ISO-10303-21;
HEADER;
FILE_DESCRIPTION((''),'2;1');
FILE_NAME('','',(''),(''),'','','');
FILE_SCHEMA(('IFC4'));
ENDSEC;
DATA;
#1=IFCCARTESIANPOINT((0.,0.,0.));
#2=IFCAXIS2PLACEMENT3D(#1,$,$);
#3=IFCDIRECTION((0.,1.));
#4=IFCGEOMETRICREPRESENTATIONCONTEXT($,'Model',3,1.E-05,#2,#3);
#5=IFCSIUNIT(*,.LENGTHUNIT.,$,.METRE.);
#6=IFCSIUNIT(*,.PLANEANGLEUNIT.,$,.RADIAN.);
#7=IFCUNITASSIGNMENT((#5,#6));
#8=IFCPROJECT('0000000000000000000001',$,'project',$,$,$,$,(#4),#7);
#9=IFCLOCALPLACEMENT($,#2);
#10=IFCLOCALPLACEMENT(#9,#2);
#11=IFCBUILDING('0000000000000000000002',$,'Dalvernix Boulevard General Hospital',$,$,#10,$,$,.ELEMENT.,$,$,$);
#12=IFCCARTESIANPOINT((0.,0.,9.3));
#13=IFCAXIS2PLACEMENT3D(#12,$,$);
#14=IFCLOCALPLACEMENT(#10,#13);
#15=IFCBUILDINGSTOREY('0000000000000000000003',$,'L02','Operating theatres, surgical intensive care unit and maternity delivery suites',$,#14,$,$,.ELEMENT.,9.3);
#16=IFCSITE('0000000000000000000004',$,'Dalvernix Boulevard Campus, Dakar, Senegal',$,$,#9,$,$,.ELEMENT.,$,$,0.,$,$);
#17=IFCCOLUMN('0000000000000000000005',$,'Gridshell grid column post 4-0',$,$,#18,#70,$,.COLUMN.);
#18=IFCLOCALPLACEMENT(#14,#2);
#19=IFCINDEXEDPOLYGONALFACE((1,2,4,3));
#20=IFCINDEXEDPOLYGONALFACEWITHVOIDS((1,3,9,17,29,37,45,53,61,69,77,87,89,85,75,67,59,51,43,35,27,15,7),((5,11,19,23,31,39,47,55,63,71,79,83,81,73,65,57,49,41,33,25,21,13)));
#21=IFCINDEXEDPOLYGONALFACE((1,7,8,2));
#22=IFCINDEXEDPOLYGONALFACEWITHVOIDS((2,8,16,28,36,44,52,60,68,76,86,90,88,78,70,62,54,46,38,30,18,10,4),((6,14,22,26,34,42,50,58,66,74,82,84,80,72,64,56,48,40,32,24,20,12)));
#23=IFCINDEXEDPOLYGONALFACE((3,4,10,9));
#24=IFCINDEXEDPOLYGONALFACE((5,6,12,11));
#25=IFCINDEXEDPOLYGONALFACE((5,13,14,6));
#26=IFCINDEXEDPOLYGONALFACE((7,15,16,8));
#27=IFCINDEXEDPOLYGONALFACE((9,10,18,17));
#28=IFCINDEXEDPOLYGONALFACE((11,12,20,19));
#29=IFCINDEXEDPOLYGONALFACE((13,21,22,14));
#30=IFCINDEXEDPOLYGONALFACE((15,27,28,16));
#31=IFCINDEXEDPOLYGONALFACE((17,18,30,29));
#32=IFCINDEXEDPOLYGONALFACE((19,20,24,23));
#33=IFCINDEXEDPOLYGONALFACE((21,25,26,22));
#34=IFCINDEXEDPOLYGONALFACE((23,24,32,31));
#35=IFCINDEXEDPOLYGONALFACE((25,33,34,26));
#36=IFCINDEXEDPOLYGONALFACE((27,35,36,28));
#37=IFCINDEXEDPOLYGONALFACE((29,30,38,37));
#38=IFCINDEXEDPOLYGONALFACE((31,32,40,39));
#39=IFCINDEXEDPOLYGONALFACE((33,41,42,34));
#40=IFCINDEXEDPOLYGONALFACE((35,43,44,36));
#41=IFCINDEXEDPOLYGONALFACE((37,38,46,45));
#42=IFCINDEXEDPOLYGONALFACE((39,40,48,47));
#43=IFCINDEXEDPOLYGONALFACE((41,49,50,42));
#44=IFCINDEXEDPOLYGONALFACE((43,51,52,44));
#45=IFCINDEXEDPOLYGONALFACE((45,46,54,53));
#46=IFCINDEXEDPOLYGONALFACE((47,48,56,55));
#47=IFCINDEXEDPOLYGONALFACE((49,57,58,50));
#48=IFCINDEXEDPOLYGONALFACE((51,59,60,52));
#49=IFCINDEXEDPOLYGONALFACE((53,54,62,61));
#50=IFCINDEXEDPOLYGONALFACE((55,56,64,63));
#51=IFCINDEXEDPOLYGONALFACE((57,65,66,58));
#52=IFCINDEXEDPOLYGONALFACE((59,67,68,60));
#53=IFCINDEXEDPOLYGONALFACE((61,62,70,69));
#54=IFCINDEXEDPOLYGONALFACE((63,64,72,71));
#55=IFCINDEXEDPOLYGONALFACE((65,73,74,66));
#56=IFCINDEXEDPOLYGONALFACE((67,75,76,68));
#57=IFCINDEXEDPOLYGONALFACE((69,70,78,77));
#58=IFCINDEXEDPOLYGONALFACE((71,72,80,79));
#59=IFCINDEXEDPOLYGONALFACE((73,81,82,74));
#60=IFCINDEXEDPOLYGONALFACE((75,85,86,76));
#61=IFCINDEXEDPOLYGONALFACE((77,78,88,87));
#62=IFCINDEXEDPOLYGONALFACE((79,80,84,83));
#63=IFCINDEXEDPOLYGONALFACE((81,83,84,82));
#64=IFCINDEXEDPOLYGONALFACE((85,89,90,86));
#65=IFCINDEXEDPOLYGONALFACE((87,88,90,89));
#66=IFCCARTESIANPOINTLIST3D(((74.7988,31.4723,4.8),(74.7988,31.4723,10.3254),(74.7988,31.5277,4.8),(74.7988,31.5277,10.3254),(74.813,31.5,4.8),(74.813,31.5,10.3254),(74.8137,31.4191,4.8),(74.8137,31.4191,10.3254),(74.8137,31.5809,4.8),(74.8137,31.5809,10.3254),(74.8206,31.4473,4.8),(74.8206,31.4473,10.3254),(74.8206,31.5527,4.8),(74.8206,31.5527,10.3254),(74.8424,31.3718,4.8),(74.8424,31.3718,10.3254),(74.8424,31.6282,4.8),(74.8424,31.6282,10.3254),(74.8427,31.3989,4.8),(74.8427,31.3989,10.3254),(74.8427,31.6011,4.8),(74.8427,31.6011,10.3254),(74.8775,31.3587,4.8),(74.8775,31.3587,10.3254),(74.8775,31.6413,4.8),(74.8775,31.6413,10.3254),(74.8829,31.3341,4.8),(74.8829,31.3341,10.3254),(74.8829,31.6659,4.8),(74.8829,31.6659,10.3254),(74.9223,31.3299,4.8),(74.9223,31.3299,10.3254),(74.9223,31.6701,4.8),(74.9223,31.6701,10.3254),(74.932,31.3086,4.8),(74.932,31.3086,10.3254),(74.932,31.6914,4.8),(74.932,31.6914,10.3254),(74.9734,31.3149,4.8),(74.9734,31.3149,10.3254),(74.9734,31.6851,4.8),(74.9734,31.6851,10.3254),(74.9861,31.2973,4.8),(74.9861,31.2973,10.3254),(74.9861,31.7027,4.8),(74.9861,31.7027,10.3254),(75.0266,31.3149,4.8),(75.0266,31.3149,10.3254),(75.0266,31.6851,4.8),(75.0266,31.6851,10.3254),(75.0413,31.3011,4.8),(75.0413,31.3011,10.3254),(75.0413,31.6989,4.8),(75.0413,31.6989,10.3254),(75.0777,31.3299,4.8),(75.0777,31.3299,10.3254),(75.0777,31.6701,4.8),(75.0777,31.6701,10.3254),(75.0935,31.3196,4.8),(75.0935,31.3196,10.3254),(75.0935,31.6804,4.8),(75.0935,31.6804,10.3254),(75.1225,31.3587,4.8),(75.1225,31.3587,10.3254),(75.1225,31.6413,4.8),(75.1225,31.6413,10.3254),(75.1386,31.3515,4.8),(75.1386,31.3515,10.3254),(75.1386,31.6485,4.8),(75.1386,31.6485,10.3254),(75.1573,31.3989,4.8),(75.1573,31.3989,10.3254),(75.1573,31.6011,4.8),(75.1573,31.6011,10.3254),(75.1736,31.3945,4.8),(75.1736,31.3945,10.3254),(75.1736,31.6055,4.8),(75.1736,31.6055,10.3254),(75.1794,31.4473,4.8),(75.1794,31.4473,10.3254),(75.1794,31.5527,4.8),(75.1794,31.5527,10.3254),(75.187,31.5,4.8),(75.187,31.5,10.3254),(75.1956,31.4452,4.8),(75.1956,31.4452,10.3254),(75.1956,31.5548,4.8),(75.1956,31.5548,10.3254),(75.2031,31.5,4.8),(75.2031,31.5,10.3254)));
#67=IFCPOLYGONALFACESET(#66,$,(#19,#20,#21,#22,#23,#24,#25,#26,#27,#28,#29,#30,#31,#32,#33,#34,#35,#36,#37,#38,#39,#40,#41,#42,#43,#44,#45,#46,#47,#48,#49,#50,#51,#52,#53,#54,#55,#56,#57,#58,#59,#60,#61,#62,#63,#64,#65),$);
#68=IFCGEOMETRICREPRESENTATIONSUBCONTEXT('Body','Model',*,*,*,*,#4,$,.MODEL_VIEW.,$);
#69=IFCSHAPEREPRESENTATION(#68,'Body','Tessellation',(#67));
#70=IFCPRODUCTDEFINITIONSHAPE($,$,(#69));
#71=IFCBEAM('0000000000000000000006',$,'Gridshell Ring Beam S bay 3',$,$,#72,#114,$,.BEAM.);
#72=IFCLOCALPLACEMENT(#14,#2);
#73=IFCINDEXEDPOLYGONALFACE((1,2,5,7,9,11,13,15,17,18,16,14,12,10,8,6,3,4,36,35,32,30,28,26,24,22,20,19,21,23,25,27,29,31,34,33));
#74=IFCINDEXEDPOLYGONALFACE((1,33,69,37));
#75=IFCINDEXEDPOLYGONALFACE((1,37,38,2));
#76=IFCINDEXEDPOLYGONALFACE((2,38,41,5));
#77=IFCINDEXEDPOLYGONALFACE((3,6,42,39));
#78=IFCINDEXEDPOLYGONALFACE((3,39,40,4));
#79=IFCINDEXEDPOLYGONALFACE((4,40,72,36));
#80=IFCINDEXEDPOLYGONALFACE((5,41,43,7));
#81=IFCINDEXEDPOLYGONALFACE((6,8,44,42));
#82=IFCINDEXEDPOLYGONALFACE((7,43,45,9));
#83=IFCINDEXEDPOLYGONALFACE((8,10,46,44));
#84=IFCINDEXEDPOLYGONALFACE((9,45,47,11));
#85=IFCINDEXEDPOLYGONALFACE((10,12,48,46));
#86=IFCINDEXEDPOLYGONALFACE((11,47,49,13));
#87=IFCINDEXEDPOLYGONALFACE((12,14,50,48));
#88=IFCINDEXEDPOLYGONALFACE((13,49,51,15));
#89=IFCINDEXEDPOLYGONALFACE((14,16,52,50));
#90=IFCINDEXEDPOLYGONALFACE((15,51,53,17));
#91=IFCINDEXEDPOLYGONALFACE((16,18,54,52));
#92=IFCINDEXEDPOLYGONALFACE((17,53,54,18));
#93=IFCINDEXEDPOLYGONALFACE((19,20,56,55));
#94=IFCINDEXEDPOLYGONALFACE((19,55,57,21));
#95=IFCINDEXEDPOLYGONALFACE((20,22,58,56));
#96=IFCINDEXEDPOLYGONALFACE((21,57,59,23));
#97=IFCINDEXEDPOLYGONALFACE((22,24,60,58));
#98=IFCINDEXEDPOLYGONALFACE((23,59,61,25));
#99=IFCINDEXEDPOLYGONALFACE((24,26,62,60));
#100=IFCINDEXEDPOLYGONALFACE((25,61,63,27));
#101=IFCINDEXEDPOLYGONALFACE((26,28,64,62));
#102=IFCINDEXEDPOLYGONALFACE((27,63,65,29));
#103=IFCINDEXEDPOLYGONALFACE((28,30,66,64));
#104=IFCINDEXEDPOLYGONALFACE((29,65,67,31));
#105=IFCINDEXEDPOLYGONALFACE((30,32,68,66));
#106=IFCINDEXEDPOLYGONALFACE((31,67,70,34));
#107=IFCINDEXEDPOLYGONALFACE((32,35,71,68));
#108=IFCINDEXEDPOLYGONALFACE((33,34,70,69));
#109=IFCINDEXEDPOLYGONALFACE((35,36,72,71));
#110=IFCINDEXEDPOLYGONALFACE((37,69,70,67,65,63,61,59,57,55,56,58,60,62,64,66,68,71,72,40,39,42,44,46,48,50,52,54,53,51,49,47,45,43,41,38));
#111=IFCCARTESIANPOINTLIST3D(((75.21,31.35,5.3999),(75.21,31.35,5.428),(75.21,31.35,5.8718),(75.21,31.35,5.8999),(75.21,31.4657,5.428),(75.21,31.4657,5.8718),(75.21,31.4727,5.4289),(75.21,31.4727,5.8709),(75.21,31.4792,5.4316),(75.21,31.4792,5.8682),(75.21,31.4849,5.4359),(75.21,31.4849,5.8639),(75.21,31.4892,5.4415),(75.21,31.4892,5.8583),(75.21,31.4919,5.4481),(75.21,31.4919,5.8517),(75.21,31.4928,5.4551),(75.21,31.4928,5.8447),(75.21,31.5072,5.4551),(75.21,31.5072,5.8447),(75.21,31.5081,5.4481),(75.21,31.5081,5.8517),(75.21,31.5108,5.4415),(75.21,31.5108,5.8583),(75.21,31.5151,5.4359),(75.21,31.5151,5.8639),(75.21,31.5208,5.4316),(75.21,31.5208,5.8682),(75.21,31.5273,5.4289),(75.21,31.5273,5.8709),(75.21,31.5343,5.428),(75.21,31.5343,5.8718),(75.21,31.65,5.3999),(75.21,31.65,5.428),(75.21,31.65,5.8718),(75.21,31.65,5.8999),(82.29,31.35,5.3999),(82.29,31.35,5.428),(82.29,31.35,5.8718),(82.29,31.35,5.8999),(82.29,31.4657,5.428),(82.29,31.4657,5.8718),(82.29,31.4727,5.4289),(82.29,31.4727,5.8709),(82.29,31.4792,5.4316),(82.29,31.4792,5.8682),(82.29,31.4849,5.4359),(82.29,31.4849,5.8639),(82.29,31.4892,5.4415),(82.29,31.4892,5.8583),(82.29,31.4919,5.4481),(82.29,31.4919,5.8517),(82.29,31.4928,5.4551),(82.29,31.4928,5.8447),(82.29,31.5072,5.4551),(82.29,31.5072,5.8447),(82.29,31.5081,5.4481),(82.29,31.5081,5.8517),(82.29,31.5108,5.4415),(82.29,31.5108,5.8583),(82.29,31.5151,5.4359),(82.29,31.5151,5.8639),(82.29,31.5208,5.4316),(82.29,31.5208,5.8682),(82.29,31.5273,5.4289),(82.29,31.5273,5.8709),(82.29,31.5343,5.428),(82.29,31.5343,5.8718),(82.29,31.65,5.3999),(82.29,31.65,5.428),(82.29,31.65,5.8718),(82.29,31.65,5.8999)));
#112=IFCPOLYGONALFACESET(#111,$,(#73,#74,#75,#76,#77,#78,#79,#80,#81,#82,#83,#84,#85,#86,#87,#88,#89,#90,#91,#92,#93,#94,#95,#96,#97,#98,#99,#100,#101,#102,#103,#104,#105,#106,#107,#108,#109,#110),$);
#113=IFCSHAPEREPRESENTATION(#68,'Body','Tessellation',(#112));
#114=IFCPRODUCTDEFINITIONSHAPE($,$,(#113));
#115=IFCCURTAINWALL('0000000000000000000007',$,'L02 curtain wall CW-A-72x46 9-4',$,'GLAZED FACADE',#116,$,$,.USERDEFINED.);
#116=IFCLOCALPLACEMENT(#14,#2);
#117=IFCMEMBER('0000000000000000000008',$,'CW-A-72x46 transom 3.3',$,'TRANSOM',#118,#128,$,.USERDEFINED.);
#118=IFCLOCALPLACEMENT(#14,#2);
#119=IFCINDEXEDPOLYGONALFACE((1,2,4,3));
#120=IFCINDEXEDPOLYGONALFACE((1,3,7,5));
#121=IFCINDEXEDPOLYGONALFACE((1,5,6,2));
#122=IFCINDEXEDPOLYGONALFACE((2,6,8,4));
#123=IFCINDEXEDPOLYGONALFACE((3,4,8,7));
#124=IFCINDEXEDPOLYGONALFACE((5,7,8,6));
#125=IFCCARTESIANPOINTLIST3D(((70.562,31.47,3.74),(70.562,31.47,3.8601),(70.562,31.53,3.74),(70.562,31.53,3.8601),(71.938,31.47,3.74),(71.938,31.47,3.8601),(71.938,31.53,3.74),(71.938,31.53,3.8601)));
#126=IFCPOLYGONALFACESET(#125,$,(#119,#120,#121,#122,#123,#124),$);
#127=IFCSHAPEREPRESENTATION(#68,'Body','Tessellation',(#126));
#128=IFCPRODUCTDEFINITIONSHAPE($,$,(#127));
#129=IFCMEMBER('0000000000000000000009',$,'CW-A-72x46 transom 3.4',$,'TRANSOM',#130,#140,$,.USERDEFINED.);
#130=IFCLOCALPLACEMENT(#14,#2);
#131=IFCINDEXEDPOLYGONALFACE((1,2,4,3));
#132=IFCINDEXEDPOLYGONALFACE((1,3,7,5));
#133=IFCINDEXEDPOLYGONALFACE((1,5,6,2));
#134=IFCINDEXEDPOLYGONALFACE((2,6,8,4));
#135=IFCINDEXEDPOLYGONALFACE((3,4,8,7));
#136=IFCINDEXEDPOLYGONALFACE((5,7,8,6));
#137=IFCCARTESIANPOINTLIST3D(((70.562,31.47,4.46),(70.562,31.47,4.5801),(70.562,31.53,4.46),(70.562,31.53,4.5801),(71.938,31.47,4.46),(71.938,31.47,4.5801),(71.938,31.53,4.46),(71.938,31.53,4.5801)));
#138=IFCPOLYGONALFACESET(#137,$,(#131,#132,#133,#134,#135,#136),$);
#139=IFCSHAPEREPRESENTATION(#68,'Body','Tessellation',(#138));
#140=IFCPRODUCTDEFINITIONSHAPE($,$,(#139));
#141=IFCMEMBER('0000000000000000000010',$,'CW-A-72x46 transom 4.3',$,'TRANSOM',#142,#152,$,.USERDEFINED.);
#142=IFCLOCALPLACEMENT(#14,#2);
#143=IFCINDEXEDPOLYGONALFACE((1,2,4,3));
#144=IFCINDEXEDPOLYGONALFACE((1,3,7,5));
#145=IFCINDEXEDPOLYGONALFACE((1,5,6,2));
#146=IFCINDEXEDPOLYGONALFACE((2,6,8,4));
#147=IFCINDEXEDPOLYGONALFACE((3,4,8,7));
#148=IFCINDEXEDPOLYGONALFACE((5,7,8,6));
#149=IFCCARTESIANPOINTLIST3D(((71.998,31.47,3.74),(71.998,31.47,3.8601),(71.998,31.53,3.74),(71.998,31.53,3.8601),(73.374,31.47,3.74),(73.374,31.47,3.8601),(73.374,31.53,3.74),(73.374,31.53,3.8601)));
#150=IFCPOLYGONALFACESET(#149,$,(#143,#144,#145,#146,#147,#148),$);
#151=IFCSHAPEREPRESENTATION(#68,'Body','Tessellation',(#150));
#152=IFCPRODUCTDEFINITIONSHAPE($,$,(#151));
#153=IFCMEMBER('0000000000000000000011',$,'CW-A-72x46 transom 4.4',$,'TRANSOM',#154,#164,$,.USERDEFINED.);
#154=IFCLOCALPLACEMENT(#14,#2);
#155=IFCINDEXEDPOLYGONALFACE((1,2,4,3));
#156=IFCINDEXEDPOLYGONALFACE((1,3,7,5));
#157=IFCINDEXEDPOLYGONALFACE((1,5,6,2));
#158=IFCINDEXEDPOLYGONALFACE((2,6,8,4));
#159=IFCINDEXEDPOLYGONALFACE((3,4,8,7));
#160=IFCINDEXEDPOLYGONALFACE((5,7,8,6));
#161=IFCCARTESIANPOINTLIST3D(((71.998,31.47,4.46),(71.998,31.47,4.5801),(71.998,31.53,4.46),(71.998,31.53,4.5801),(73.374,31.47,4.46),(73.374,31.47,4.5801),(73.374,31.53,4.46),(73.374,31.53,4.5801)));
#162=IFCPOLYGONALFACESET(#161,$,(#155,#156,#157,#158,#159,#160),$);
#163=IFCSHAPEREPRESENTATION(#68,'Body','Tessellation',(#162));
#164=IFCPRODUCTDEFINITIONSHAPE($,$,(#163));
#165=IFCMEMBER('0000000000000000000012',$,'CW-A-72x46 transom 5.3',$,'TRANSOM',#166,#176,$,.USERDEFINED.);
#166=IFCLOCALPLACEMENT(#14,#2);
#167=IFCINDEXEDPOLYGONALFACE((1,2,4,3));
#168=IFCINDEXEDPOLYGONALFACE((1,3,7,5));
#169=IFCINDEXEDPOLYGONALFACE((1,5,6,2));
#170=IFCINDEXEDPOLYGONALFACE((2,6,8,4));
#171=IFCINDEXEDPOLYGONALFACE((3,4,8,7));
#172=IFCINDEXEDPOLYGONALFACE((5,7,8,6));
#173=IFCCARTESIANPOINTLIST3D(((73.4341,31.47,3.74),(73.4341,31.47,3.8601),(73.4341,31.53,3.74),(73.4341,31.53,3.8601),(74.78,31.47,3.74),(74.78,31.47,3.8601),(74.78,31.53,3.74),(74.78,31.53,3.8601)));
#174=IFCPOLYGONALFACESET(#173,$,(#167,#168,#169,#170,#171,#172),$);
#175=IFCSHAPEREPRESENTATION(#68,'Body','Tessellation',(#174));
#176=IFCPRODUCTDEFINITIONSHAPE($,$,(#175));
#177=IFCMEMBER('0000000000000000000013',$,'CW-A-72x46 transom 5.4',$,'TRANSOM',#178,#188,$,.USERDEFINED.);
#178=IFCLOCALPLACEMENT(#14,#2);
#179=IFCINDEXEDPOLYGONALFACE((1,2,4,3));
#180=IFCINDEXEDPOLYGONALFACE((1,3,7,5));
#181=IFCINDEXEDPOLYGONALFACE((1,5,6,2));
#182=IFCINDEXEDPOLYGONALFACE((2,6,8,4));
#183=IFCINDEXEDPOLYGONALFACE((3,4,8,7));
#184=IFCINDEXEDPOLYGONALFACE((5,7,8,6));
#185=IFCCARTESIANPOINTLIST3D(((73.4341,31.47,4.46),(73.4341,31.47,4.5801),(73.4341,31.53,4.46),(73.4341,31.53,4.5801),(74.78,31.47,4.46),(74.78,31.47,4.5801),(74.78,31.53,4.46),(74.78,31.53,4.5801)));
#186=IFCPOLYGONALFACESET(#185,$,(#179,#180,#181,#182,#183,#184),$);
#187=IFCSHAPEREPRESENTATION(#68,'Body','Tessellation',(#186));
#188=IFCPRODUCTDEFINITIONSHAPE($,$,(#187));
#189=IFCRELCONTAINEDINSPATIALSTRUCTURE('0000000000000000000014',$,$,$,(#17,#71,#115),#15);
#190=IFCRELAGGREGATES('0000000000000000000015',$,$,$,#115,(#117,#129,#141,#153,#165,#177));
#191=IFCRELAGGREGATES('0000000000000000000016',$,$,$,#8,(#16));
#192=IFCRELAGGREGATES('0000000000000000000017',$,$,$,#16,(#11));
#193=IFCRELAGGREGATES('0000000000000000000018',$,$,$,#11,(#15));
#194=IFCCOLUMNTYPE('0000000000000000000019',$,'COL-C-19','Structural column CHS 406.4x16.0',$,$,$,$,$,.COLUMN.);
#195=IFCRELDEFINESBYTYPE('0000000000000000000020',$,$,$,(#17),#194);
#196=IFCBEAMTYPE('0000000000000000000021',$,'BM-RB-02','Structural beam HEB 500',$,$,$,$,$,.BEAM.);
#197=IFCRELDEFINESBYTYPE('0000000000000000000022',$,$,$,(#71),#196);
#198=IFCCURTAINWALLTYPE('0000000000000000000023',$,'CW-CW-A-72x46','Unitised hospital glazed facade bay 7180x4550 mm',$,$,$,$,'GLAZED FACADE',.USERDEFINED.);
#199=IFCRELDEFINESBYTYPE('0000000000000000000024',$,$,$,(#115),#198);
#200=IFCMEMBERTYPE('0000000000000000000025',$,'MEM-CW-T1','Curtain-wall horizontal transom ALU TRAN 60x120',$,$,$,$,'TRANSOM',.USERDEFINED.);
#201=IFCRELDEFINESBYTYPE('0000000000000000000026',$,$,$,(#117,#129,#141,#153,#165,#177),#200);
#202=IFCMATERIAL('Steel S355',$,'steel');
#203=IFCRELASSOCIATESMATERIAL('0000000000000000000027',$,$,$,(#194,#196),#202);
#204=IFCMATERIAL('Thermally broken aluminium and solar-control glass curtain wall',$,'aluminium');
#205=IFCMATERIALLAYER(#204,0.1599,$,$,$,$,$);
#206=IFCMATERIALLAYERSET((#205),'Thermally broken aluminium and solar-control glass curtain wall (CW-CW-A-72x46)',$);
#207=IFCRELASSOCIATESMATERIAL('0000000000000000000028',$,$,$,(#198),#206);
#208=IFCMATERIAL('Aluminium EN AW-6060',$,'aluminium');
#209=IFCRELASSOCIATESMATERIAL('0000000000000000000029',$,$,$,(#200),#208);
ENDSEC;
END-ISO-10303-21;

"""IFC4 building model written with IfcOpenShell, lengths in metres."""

from ifc_helpers import new_model, si_unit, direction, frame, origin, origin_2d, place, context, subcontext, project, spatial, rectangle, hollow_circle, i_section, extrude, material, layer, layer_set, material_profile, profile_set, type_object, element, aggregate, save


model = new_model("IFC4")

# Units and contexts
model_context = context("Model", 3, precision=1e-05, world=origin(), true_north=direction((0.0, 1.0)))
body_context = subcontext(model_context, "Body", "Model", "MODEL_VIEW")
ifc_project = project(units=[si_unit("LENGTHUNIT", "METRE"), si_unit("PLANEANGLEUNIT", "RADIAN")], contexts=[model_context])

# Site, building, storey
site_placement = place(None, origin())
site = spatial("IfcSite", under=ifc_project, at=site_placement, Name="Dalvernix Boulevard Campus, Dakar, Senegal", CompositionType="ELEMENT", RefElevation=0.0)
building_placement = place(site_placement, origin())
building = spatial("IfcBuilding", under=site, at=building_placement, Name="Dalvernix Boulevard General Hospital", CompositionType="ELEMENT")
storey_placement = place(building_placement, frame((0.0, 0.0, 9.3)))
storey = spatial("IfcBuildingStorey", under=building, at=storey_placement, Name="L02", Description="Operating theatres, surgical intensive care unit and maternity delivery suites", CompositionType="ELEMENT", Elevation=9.3)

# Column
ifc_material_1 = material(Name="Steel S355", Category="steel")
ifc_material_profile_1 = material_profile(ifc_material_1, hollow_circle(Radius=0.2031, WallThickness=0.0161, at=origin_2d()), Name="CHS 406.4x16.0")
ifc_profile_set_1 = profile_set([ifc_material_profile_1], Name="Steel S355")
column_type = type_object("IfcColumnType", Name="COL-C-19", Description="Structural column CHS 406.4x16.0", PredefinedType="COLUMN", material=ifc_profile_set_1)
column_placement = place(storey_placement, frame((75.0, 31.5, 4.8), z_axis=(0.0, 0.0, 1.0), x_axis=(1.0, 0.0, 0.0)))
element("IfcColumn", 1, at=column_placement, inside=storey, type_object=column_type, Name="Gridshell grid column post 4-0", PredefinedType="COLUMN", context=body_context, shape_type="SweptSolid", body=[
    extrude(hollow_circle(Radius=0.2031, WallThickness=0.0161, at=origin_2d()), origin(), (0.0, 0.0, 1.0), 5.5254),
])

# Beam
ifc_material_profile_2 = material_profile(ifc_material_1, i_section(OverallWidth=0.3, OverallDepth=0.5, WebThickness=0.0144, FlangeThickness=0.0281, FilletRadius=0.0271, at=origin_2d()), Name="HEB 500")
ifc_profile_set_2 = profile_set([ifc_material_profile_2], Name="Steel S355")
beam_type = type_object("IfcBeamType", Name="BM-RB-02", Description="Structural beam HEB 500", PredefinedType="BEAM", material=ifc_profile_set_2)
beam_placement = place(storey_placement, frame((75.21, 31.5, 5.6499), z_axis=(1.0, 0.0, 0.0), x_axis=(0.0, 1.0, 0.0)))
element("IfcBeam", 2, at=beam_placement, inside=storey, type_object=beam_type, Name="Gridshell Ring Beam S bay 3", PredefinedType="BEAM", context=body_context, shape_type="SweptSolid", body=[
    extrude(i_section(OverallWidth=0.3, OverallDepth=0.5, WebThickness=0.0144, FlangeThickness=0.0281, FilletRadius=0.0271, at=origin_2d()), origin(), (0.0, 0.0, 1.0), 7.0801),
])

# Curtain wall, members
ifc_material_2 = material(Name="Thermally broken aluminium and solar-control glass curtain wall", Category="aluminium")
ifc_layer_1 = layer(ifc_material_2, 0.1599)
ifc_layer_set_1 = layer_set([ifc_layer_1], Name="Thermally broken aluminium and solar-control glass curtain wall (CW-CW-A-72x46)")
curtain_wall_type_1 = type_object("IfcCurtainWallType", Name="CW-CW-A-72x46", Description="Unitised hospital glazed facade bay 7180x4550 mm", ElementType="GLAZED FACADE", PredefinedType="USERDEFINED", material=ifc_layer_set_1)
curtain_wall_1_placement = place(storey_placement, origin())
curtain_wall_1 = element("IfcCurtainWall", 3, at=curtain_wall_1_placement, inside=storey, type_object=curtain_wall_type_1, Name="L02 curtain wall CW-A-72x46 9-4", ObjectType="GLAZED FACADE", PredefinedType="USERDEFINED")
ifc_material_3 = material(Name="Aluminium EN AW-6060", Category="aluminium")
ifc_material_profile_3 = material_profile(ifc_material_3, rectangle(XDim=0.0601, YDim=0.1201, at=origin_2d()), Name="ALU TRAN 60x120")
ifc_profile_set_3 = profile_set([ifc_material_profile_3], Name="Aluminium EN AW-6060")
member_type_1 = type_object("IfcMemberType", Name="MEM-CW-T1", Description="Curtain-wall horizontal transom ALU TRAN 60x120", ElementType="TRANSOM", PredefinedType="USERDEFINED", material=ifc_profile_set_3)
member_1_placement = place(storey_placement, frame((70.562, 31.5, 3.8), z_axis=(1.0, 0.0, 0.0), x_axis=(0.0, 1.0, 0.0)))
member_1 = element("IfcMember", 4, at=member_1_placement, type_object=member_type_1, Name="CW-A-72x46 transom 3.3", ObjectType="TRANSOM", PredefinedType="USERDEFINED", context=body_context, shape_type="SweptSolid", body=[
    extrude(rectangle(XDim=0.0601, YDim=0.1201, at=origin_2d()), origin(), (0.0, 0.0, 1.0), 1.376),
])
member_2_placement = place(storey_placement, frame((70.562, 31.5, 4.52), z_axis=(1.0, 0.0, 0.0), x_axis=(0.0, 1.0, 0.0)))
member_2 = element("IfcMember", 5, at=member_2_placement, type_object=member_type_1, Name="CW-A-72x46 transom 3.4", ObjectType="TRANSOM", PredefinedType="USERDEFINED", context=body_context, shape_type="SweptSolid", body=[
    extrude(rectangle(XDim=0.0601, YDim=0.1201, at=origin_2d()), origin(), (0.0, 0.0, 1.0), 1.376),
])
member_3_placement = place(storey_placement, frame((71.998, 31.5, 3.8), z_axis=(1.0, 0.0, 0.0), x_axis=(0.0, 1.0, 0.0)))
member_3 = element("IfcMember", 6, at=member_3_placement, type_object=member_type_1, Name="CW-A-72x46 transom 4.3", ObjectType="TRANSOM", PredefinedType="USERDEFINED", context=body_context, shape_type="SweptSolid", body=[
    extrude(rectangle(XDim=0.0601, YDim=0.1201, at=origin_2d()), origin(), (0.0, 0.0, 1.0), 1.376),
])
member_4_placement = place(storey_placement, frame((71.998, 31.5, 4.52), z_axis=(1.0, 0.0, 0.0), x_axis=(0.0, 1.0, 0.0)))
member_4 = element("IfcMember", 7, at=member_4_placement, type_object=member_type_1, Name="CW-A-72x46 transom 4.4", ObjectType="TRANSOM", PredefinedType="USERDEFINED", context=body_context, shape_type="SweptSolid", body=[
    extrude(rectangle(XDim=0.0601, YDim=0.1201, at=origin_2d()), origin(), (0.0, 0.0, 1.0), 1.376),
])
member_5_placement = place(storey_placement, frame((73.4341, 31.5, 3.8), z_axis=(1.0, 0.0, 0.0), x_axis=(0.0, 1.0, 0.0)))
member_5 = element("IfcMember", 8, at=member_5_placement, type_object=member_type_1, Name="CW-A-72x46 transom 5.3", ObjectType="TRANSOM", PredefinedType="USERDEFINED", context=body_context, shape_type="SweptSolid", body=[
    extrude(rectangle(XDim=0.0601, YDim=0.1201, at=origin_2d()), origin(), (0.0, 0.0, 1.0), 1.3459),
])
member_6_placement = place(storey_placement, frame((73.4341, 31.5, 4.52), z_axis=(1.0, 0.0, 0.0), x_axis=(0.0, 1.0, 0.0)))
member_6 = element("IfcMember", 9, at=member_6_placement, type_object=member_type_1, Name="CW-A-72x46 transom 5.4", ObjectType="TRANSOM", PredefinedType="USERDEFINED", context=body_context, shape_type="SweptSolid", body=[
    extrude(rectangle(XDim=0.0601, YDim=0.1201, at=origin_2d()), origin(), (0.0, 0.0, 1.0), 1.3459),
])

aggregate(curtain_wall_1, [member_1, member_2, member_3, member_4, member_5, member_6])

save(model, "model.ifc")
